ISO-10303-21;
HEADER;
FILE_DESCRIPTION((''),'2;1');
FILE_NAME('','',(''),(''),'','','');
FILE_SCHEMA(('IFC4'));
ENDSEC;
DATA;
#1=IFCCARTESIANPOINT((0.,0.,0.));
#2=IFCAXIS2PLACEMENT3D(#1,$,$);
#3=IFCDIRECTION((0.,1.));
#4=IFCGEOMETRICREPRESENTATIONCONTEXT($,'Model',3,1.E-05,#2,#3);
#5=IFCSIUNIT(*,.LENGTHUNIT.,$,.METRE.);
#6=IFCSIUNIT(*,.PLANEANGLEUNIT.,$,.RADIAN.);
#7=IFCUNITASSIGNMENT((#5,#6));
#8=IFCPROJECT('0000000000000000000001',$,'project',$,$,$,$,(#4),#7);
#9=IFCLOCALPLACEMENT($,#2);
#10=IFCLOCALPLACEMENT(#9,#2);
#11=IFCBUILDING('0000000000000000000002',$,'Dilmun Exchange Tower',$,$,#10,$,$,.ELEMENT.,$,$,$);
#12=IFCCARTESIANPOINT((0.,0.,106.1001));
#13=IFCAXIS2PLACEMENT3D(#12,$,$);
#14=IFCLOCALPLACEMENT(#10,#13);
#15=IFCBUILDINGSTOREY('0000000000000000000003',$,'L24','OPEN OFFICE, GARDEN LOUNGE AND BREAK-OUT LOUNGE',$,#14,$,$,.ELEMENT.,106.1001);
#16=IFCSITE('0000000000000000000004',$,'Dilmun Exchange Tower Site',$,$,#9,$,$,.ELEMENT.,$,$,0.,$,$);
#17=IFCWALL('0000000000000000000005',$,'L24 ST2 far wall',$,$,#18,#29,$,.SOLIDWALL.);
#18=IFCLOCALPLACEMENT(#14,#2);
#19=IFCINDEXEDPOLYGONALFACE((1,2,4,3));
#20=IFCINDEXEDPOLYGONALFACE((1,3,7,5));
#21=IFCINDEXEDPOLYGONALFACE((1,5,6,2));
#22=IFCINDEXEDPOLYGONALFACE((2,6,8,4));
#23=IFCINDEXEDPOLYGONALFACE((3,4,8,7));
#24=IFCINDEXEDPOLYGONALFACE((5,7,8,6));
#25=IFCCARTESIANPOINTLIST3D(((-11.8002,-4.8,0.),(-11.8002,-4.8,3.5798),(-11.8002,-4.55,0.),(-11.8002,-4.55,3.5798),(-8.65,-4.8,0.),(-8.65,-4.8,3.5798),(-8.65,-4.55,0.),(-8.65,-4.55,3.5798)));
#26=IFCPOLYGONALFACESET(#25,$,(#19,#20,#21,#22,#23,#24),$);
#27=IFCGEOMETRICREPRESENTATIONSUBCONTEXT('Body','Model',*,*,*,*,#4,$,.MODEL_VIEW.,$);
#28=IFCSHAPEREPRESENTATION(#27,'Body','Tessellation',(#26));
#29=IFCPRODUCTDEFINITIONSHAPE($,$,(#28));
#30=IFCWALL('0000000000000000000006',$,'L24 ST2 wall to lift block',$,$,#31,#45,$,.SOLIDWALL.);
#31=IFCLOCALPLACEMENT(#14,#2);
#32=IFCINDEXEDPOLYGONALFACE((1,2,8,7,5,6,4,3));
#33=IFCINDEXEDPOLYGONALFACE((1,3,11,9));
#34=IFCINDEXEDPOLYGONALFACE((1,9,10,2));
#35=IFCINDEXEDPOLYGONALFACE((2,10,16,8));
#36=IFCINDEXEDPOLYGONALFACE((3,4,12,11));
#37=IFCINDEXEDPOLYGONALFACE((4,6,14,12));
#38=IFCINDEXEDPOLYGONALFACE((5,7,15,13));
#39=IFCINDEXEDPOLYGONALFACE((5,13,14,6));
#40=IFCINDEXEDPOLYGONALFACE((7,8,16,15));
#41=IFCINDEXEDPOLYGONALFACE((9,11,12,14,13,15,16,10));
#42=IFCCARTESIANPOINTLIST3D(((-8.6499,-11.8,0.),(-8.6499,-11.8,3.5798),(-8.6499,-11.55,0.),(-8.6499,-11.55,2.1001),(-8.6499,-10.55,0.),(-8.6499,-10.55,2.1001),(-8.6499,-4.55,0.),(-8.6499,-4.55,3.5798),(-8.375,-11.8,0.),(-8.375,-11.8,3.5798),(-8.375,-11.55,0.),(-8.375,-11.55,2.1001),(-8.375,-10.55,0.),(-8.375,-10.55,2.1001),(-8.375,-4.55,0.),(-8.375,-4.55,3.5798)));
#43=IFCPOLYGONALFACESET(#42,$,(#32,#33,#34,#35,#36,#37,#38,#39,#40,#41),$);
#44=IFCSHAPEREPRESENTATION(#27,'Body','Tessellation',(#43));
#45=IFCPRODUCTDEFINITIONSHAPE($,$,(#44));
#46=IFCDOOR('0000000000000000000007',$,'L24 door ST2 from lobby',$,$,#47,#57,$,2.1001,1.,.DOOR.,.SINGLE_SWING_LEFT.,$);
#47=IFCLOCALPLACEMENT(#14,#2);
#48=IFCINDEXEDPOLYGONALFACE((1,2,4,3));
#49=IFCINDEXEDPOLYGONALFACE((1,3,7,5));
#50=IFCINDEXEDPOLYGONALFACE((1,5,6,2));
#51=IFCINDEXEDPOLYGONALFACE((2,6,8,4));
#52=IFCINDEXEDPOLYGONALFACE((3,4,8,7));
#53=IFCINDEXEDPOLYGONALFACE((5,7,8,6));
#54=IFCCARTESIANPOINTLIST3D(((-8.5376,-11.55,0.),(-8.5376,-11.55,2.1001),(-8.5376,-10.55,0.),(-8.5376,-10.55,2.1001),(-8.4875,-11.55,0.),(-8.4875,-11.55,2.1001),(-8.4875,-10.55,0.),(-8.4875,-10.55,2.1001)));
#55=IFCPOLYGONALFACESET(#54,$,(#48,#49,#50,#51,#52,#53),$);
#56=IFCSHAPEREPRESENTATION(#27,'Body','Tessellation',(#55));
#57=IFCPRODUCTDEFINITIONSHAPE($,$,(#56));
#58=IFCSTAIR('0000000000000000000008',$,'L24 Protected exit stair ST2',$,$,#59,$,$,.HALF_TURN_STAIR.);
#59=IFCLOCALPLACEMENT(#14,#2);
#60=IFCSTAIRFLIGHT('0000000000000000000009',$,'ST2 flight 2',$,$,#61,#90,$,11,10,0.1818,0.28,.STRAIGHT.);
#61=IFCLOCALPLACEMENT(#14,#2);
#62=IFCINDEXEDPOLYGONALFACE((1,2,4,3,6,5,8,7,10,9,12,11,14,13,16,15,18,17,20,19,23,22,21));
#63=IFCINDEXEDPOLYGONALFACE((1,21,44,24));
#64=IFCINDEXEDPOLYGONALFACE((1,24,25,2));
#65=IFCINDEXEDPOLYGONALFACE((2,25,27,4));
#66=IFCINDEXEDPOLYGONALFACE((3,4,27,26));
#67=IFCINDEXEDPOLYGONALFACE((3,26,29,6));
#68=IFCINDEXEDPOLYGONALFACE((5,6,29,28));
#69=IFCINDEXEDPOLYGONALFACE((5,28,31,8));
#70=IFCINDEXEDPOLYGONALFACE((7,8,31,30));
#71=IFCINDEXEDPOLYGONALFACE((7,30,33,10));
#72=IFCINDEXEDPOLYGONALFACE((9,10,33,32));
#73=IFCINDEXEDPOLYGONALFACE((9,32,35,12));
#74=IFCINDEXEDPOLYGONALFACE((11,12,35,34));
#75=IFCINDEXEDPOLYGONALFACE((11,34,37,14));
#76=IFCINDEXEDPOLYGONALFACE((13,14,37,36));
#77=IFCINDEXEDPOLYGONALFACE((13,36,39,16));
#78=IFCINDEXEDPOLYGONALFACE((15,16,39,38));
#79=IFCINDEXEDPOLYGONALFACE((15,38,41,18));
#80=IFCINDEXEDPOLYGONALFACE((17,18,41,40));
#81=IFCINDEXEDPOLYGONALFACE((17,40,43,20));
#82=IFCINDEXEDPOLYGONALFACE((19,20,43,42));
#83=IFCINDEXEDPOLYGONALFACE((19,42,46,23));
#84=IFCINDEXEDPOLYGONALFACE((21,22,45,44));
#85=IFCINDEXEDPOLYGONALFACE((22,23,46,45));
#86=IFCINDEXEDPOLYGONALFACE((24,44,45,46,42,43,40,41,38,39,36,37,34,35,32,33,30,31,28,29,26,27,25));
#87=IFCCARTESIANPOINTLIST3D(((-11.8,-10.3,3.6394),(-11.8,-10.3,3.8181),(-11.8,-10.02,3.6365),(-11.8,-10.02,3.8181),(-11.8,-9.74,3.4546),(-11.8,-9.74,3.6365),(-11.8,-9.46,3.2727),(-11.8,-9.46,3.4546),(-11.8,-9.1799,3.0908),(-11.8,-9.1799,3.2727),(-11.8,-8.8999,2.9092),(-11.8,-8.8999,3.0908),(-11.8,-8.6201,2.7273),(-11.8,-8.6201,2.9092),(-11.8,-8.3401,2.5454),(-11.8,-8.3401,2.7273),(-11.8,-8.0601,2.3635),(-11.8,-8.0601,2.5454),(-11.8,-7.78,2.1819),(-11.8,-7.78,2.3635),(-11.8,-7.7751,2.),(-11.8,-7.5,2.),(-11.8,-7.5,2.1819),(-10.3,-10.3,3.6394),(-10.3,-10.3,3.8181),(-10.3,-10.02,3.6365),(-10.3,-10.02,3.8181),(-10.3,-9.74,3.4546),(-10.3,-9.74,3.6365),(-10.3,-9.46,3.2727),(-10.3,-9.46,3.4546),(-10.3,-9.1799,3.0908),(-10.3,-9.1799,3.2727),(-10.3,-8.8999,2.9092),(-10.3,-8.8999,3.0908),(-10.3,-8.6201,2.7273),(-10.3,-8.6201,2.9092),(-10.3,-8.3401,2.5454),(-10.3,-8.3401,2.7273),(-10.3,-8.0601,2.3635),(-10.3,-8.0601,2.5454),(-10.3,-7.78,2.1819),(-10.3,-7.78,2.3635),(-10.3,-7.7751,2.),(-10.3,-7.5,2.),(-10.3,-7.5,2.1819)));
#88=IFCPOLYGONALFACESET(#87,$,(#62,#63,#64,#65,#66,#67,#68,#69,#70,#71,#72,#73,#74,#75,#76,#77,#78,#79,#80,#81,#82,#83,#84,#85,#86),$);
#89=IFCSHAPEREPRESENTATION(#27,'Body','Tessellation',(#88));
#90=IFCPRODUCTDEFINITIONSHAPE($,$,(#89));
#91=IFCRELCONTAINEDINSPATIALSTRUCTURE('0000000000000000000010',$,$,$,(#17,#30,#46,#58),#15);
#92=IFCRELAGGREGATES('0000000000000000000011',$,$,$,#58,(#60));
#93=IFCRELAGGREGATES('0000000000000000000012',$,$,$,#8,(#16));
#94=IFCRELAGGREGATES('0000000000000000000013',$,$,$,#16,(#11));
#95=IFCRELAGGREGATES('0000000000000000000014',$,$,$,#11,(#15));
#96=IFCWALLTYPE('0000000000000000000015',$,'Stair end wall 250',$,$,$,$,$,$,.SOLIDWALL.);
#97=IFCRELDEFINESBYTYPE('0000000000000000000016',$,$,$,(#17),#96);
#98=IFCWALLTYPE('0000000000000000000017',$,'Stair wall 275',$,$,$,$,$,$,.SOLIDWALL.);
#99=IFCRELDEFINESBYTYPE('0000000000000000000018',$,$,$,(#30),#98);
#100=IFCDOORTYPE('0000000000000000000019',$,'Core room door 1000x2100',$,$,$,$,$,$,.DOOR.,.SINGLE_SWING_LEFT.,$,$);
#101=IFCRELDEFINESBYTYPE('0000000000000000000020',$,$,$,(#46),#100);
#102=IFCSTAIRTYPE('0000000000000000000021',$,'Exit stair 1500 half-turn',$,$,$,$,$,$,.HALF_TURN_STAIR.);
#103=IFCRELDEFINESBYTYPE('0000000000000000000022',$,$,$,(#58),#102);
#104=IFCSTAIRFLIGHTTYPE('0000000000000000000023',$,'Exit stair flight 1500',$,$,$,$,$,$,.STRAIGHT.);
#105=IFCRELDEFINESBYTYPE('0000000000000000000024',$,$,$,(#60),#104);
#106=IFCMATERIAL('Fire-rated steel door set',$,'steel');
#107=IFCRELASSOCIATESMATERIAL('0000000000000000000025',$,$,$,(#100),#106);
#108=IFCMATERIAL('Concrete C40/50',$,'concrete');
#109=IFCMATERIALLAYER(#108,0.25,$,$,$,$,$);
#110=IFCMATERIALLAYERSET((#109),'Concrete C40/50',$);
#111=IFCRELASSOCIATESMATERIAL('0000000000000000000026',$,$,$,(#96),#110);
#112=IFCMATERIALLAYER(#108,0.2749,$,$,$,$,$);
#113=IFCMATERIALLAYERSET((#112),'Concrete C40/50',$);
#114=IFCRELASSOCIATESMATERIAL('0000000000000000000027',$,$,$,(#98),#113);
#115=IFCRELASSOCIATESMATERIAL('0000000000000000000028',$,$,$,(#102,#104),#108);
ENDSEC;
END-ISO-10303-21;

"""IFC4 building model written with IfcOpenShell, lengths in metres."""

from ifc_helpers import new_model, si_unit, direction, frame, frame_2d, origin, place, context, subcontext, project, spatial, polyline, rectangle, outline, extrude, material, layer, layer_set, type_object, element, fill, aggregate, save


model = new_model("IFC4")

# Units and contexts
model_context = context("Model", 3, precision=1e-05, world=origin(), true_north=direction((0.0, 1.0)))
body_context = subcontext(model_context, "Body", "Model", "MODEL_VIEW")
ifc_project = project(units=[si_unit("LENGTHUNIT", "METRE"), si_unit("PLANEANGLEUNIT", "RADIAN")], contexts=[model_context])

# Site, building, storey
site_placement = place(None, origin())
site = spatial("IfcSite", under=ifc_project, at=site_placement, Name="Dilmun Exchange Tower Site", CompositionType="ELEMENT", RefElevation=0.0)
building_placement = place(site_placement, origin())
building = spatial("IfcBuilding", under=site, at=building_placement, Name="Dilmun Exchange Tower", CompositionType="ELEMENT")
storey_placement = place(building_placement, frame((0.0, 0.0, 106.1001)))
storey = spatial("IfcBuildingStorey", under=building, at=storey_placement, Name="L24", Description="OPEN OFFICE, GARDEN LOUNGE AND BREAK-OUT LOUNGE", CompositionType="ELEMENT", Elevation=106.1001)

# Shared definitions
ifc_material_1 = material(Name="Concrete C40/50", Category="concrete")

# Shared definitions
ifc_material_2 = material(Name="Fire-rated steel door set", Category="steel")
door_type = type_object("IfcDoorType", Name="Core room door 1000x2100", OperationType="SINGLE_SWING_LEFT", PredefinedType="DOOR", material=ifc_material_2)

# Wall
ifc_layer_1 = layer(ifc_material_1, 0.25)
ifc_layer_set_1 = layer_set([ifc_layer_1], Name="Concrete C40/50")
wall_type_1 = type_object("IfcWallType", Name="Stair end wall 250", PredefinedType="SOLIDWALL", material=ifc_layer_set_1)
wall_1_placement = place(storey_placement, frame((-8.6499, -4.675, 0.0), z_axis=(0.0, 0.0, 1.0), x_axis=(-1.0, 0.0, 0.0)))
element("IfcWall", 1, at=wall_1_placement, inside=storey, type_object=wall_type_1, Name="L24 ST2 far wall", PredefinedType="SOLIDWALL", context=body_context, shape_type="SweptSolid", body=[
    extrude(rectangle(XDim=3.1501, YDim=0.25, at=frame_2d((1.5752, 0.0))), origin(), (0.0, 0.0, 1.0), 3.5798),
])

# Wall, opening, door
ifc_layer_2 = layer(ifc_material_1, 0.2749)
ifc_layer_set_2 = layer_set([ifc_layer_2], Name="Concrete C40/50")
wall_type_2 = type_object("IfcWallType", Name="Stair wall 275", PredefinedType="SOLIDWALL", material=ifc_layer_set_2)
wall_2_placement = place(storey_placement, frame((-8.5125, -4.55, 0.0), z_axis=(0.0, 0.0, 1.0), x_axis=(0.0, -1.0, 0.0)))
wall_2 = element("IfcWall", 2, at=wall_2_placement, inside=storey, type_object=wall_type_2, Name="L24 ST2 wall to lift block", PredefinedType="SOLIDWALL", context=body_context, shape_type="SweptSolid", body=[
    extrude(rectangle(XDim=7.25, YDim=0.2749, at=frame_2d((3.625, 0.0))), origin(), (0.0, 0.0, 1.0), 3.5798),
])
opening_1_placement = place(wall_2_placement, frame((6.0, 0.0, 0.0)))
opening_1 = element("IfcOpeningElement", 3, at=opening_1_placement, cuts=wall_2, PredefinedType="OPENING", context=body_context, shape_type="SweptSolid", body=[
    extrude(rectangle(XDim=1.0, YDim=2.1001, at=frame_2d((0.5, 1.05))), frame((0.0, 0.1475, 0.0), z_axis=(0.0, -1.0, 0.0), x_axis=(1.0, 0.0, 0.0)), (0.0, 0.0, 1.0), 0.2949),
])
door_1_placement = place(opening_1_placement, origin())
door_1 = element("IfcDoor", 4, at=door_1_placement, inside=storey, type_object=door_type, Name="L24 door ST2 from lobby", OperationType="SINGLE_SWING_LEFT", OverallHeight=2.1001, OverallWidth=1.0, PredefinedType="DOOR", context=body_context, shape_type="SweptSolid", body=[
    extrude(rectangle(XDim=1.0, YDim=2.1001, at=frame_2d((0.5, 1.05))), frame((0.0, 0.0249, 0.0), z_axis=(0.0, -1.0, 0.0), x_axis=(1.0, 0.0, 0.0)), (0.0, 0.0, 1.0), 0.05),
])
fill(opening_1, door_1)

# Stair, stair flight
stair_type = type_object("IfcStairType", Name="Exit stair 1500 half-turn", PredefinedType="HALF_TURN_STAIR", material=ifc_material_1)
stair_placement = place(storey_placement, origin())
stair = element("IfcStair", 5, at=stair_placement, inside=storey, type_object=stair_type, Name="L24 Protected exit stair ST2", PredefinedType="HALF_TURN_STAIR")
stair_flight_type = type_object("IfcStairFlightType", Name="Exit stair flight 1500", PredefinedType="STRAIGHT", material=ifc_material_1)
stair_flight_placement = place(storey_placement, frame((-11.05, -7.5, 2.0), z_axis=(0.0, 0.0, 1.0), x_axis=(0.0, -1.0, 0.0)))
stair_flight = element("IfcStairFlight", 6, at=stair_flight_placement, type_object=stair_flight_type, Name="ST2 flight 2", NumberOfRisers=11, NumberOfTreads=10, PredefinedType="STRAIGHT", RiserHeight=0.1818, TreadLength=0.28, context=body_context, shape_type="SweptSolid", body=[
    extrude(outline(polyline([(0.0, 0.0), (0.0, 0.1819), (0.28, 0.1819), (0.28, 0.3635), (0.5601, 0.3635), (0.5601, 0.5454), (0.8401, 0.5454), (0.8401, 0.7273), (1.1201, 0.7273), (1.1201, 0.9092), (1.3999, 0.9092), (1.3999, 1.0908), (1.6799, 1.0908), (1.6799, 1.2727), (1.96, 1.2727), (1.96, 1.4546), (2.24, 1.4546), (2.24, 1.6365), (2.52, 1.6365), (2.52, 1.8181), (2.8, 1.8181), (2.8, 2.0), (2.8, 1.6394), (0.2751, 0.0), (0.0, 0.0)])), frame((0.0, 0.75, 0.0), z_axis=(0.0, -1.0, 0.0), x_axis=(1.0, 0.0, 0.0)), (0.0, 0.0, 1.0), 1.5),
])
aggregate(stair, [stair_flight])

save(model, "model.ifc")
